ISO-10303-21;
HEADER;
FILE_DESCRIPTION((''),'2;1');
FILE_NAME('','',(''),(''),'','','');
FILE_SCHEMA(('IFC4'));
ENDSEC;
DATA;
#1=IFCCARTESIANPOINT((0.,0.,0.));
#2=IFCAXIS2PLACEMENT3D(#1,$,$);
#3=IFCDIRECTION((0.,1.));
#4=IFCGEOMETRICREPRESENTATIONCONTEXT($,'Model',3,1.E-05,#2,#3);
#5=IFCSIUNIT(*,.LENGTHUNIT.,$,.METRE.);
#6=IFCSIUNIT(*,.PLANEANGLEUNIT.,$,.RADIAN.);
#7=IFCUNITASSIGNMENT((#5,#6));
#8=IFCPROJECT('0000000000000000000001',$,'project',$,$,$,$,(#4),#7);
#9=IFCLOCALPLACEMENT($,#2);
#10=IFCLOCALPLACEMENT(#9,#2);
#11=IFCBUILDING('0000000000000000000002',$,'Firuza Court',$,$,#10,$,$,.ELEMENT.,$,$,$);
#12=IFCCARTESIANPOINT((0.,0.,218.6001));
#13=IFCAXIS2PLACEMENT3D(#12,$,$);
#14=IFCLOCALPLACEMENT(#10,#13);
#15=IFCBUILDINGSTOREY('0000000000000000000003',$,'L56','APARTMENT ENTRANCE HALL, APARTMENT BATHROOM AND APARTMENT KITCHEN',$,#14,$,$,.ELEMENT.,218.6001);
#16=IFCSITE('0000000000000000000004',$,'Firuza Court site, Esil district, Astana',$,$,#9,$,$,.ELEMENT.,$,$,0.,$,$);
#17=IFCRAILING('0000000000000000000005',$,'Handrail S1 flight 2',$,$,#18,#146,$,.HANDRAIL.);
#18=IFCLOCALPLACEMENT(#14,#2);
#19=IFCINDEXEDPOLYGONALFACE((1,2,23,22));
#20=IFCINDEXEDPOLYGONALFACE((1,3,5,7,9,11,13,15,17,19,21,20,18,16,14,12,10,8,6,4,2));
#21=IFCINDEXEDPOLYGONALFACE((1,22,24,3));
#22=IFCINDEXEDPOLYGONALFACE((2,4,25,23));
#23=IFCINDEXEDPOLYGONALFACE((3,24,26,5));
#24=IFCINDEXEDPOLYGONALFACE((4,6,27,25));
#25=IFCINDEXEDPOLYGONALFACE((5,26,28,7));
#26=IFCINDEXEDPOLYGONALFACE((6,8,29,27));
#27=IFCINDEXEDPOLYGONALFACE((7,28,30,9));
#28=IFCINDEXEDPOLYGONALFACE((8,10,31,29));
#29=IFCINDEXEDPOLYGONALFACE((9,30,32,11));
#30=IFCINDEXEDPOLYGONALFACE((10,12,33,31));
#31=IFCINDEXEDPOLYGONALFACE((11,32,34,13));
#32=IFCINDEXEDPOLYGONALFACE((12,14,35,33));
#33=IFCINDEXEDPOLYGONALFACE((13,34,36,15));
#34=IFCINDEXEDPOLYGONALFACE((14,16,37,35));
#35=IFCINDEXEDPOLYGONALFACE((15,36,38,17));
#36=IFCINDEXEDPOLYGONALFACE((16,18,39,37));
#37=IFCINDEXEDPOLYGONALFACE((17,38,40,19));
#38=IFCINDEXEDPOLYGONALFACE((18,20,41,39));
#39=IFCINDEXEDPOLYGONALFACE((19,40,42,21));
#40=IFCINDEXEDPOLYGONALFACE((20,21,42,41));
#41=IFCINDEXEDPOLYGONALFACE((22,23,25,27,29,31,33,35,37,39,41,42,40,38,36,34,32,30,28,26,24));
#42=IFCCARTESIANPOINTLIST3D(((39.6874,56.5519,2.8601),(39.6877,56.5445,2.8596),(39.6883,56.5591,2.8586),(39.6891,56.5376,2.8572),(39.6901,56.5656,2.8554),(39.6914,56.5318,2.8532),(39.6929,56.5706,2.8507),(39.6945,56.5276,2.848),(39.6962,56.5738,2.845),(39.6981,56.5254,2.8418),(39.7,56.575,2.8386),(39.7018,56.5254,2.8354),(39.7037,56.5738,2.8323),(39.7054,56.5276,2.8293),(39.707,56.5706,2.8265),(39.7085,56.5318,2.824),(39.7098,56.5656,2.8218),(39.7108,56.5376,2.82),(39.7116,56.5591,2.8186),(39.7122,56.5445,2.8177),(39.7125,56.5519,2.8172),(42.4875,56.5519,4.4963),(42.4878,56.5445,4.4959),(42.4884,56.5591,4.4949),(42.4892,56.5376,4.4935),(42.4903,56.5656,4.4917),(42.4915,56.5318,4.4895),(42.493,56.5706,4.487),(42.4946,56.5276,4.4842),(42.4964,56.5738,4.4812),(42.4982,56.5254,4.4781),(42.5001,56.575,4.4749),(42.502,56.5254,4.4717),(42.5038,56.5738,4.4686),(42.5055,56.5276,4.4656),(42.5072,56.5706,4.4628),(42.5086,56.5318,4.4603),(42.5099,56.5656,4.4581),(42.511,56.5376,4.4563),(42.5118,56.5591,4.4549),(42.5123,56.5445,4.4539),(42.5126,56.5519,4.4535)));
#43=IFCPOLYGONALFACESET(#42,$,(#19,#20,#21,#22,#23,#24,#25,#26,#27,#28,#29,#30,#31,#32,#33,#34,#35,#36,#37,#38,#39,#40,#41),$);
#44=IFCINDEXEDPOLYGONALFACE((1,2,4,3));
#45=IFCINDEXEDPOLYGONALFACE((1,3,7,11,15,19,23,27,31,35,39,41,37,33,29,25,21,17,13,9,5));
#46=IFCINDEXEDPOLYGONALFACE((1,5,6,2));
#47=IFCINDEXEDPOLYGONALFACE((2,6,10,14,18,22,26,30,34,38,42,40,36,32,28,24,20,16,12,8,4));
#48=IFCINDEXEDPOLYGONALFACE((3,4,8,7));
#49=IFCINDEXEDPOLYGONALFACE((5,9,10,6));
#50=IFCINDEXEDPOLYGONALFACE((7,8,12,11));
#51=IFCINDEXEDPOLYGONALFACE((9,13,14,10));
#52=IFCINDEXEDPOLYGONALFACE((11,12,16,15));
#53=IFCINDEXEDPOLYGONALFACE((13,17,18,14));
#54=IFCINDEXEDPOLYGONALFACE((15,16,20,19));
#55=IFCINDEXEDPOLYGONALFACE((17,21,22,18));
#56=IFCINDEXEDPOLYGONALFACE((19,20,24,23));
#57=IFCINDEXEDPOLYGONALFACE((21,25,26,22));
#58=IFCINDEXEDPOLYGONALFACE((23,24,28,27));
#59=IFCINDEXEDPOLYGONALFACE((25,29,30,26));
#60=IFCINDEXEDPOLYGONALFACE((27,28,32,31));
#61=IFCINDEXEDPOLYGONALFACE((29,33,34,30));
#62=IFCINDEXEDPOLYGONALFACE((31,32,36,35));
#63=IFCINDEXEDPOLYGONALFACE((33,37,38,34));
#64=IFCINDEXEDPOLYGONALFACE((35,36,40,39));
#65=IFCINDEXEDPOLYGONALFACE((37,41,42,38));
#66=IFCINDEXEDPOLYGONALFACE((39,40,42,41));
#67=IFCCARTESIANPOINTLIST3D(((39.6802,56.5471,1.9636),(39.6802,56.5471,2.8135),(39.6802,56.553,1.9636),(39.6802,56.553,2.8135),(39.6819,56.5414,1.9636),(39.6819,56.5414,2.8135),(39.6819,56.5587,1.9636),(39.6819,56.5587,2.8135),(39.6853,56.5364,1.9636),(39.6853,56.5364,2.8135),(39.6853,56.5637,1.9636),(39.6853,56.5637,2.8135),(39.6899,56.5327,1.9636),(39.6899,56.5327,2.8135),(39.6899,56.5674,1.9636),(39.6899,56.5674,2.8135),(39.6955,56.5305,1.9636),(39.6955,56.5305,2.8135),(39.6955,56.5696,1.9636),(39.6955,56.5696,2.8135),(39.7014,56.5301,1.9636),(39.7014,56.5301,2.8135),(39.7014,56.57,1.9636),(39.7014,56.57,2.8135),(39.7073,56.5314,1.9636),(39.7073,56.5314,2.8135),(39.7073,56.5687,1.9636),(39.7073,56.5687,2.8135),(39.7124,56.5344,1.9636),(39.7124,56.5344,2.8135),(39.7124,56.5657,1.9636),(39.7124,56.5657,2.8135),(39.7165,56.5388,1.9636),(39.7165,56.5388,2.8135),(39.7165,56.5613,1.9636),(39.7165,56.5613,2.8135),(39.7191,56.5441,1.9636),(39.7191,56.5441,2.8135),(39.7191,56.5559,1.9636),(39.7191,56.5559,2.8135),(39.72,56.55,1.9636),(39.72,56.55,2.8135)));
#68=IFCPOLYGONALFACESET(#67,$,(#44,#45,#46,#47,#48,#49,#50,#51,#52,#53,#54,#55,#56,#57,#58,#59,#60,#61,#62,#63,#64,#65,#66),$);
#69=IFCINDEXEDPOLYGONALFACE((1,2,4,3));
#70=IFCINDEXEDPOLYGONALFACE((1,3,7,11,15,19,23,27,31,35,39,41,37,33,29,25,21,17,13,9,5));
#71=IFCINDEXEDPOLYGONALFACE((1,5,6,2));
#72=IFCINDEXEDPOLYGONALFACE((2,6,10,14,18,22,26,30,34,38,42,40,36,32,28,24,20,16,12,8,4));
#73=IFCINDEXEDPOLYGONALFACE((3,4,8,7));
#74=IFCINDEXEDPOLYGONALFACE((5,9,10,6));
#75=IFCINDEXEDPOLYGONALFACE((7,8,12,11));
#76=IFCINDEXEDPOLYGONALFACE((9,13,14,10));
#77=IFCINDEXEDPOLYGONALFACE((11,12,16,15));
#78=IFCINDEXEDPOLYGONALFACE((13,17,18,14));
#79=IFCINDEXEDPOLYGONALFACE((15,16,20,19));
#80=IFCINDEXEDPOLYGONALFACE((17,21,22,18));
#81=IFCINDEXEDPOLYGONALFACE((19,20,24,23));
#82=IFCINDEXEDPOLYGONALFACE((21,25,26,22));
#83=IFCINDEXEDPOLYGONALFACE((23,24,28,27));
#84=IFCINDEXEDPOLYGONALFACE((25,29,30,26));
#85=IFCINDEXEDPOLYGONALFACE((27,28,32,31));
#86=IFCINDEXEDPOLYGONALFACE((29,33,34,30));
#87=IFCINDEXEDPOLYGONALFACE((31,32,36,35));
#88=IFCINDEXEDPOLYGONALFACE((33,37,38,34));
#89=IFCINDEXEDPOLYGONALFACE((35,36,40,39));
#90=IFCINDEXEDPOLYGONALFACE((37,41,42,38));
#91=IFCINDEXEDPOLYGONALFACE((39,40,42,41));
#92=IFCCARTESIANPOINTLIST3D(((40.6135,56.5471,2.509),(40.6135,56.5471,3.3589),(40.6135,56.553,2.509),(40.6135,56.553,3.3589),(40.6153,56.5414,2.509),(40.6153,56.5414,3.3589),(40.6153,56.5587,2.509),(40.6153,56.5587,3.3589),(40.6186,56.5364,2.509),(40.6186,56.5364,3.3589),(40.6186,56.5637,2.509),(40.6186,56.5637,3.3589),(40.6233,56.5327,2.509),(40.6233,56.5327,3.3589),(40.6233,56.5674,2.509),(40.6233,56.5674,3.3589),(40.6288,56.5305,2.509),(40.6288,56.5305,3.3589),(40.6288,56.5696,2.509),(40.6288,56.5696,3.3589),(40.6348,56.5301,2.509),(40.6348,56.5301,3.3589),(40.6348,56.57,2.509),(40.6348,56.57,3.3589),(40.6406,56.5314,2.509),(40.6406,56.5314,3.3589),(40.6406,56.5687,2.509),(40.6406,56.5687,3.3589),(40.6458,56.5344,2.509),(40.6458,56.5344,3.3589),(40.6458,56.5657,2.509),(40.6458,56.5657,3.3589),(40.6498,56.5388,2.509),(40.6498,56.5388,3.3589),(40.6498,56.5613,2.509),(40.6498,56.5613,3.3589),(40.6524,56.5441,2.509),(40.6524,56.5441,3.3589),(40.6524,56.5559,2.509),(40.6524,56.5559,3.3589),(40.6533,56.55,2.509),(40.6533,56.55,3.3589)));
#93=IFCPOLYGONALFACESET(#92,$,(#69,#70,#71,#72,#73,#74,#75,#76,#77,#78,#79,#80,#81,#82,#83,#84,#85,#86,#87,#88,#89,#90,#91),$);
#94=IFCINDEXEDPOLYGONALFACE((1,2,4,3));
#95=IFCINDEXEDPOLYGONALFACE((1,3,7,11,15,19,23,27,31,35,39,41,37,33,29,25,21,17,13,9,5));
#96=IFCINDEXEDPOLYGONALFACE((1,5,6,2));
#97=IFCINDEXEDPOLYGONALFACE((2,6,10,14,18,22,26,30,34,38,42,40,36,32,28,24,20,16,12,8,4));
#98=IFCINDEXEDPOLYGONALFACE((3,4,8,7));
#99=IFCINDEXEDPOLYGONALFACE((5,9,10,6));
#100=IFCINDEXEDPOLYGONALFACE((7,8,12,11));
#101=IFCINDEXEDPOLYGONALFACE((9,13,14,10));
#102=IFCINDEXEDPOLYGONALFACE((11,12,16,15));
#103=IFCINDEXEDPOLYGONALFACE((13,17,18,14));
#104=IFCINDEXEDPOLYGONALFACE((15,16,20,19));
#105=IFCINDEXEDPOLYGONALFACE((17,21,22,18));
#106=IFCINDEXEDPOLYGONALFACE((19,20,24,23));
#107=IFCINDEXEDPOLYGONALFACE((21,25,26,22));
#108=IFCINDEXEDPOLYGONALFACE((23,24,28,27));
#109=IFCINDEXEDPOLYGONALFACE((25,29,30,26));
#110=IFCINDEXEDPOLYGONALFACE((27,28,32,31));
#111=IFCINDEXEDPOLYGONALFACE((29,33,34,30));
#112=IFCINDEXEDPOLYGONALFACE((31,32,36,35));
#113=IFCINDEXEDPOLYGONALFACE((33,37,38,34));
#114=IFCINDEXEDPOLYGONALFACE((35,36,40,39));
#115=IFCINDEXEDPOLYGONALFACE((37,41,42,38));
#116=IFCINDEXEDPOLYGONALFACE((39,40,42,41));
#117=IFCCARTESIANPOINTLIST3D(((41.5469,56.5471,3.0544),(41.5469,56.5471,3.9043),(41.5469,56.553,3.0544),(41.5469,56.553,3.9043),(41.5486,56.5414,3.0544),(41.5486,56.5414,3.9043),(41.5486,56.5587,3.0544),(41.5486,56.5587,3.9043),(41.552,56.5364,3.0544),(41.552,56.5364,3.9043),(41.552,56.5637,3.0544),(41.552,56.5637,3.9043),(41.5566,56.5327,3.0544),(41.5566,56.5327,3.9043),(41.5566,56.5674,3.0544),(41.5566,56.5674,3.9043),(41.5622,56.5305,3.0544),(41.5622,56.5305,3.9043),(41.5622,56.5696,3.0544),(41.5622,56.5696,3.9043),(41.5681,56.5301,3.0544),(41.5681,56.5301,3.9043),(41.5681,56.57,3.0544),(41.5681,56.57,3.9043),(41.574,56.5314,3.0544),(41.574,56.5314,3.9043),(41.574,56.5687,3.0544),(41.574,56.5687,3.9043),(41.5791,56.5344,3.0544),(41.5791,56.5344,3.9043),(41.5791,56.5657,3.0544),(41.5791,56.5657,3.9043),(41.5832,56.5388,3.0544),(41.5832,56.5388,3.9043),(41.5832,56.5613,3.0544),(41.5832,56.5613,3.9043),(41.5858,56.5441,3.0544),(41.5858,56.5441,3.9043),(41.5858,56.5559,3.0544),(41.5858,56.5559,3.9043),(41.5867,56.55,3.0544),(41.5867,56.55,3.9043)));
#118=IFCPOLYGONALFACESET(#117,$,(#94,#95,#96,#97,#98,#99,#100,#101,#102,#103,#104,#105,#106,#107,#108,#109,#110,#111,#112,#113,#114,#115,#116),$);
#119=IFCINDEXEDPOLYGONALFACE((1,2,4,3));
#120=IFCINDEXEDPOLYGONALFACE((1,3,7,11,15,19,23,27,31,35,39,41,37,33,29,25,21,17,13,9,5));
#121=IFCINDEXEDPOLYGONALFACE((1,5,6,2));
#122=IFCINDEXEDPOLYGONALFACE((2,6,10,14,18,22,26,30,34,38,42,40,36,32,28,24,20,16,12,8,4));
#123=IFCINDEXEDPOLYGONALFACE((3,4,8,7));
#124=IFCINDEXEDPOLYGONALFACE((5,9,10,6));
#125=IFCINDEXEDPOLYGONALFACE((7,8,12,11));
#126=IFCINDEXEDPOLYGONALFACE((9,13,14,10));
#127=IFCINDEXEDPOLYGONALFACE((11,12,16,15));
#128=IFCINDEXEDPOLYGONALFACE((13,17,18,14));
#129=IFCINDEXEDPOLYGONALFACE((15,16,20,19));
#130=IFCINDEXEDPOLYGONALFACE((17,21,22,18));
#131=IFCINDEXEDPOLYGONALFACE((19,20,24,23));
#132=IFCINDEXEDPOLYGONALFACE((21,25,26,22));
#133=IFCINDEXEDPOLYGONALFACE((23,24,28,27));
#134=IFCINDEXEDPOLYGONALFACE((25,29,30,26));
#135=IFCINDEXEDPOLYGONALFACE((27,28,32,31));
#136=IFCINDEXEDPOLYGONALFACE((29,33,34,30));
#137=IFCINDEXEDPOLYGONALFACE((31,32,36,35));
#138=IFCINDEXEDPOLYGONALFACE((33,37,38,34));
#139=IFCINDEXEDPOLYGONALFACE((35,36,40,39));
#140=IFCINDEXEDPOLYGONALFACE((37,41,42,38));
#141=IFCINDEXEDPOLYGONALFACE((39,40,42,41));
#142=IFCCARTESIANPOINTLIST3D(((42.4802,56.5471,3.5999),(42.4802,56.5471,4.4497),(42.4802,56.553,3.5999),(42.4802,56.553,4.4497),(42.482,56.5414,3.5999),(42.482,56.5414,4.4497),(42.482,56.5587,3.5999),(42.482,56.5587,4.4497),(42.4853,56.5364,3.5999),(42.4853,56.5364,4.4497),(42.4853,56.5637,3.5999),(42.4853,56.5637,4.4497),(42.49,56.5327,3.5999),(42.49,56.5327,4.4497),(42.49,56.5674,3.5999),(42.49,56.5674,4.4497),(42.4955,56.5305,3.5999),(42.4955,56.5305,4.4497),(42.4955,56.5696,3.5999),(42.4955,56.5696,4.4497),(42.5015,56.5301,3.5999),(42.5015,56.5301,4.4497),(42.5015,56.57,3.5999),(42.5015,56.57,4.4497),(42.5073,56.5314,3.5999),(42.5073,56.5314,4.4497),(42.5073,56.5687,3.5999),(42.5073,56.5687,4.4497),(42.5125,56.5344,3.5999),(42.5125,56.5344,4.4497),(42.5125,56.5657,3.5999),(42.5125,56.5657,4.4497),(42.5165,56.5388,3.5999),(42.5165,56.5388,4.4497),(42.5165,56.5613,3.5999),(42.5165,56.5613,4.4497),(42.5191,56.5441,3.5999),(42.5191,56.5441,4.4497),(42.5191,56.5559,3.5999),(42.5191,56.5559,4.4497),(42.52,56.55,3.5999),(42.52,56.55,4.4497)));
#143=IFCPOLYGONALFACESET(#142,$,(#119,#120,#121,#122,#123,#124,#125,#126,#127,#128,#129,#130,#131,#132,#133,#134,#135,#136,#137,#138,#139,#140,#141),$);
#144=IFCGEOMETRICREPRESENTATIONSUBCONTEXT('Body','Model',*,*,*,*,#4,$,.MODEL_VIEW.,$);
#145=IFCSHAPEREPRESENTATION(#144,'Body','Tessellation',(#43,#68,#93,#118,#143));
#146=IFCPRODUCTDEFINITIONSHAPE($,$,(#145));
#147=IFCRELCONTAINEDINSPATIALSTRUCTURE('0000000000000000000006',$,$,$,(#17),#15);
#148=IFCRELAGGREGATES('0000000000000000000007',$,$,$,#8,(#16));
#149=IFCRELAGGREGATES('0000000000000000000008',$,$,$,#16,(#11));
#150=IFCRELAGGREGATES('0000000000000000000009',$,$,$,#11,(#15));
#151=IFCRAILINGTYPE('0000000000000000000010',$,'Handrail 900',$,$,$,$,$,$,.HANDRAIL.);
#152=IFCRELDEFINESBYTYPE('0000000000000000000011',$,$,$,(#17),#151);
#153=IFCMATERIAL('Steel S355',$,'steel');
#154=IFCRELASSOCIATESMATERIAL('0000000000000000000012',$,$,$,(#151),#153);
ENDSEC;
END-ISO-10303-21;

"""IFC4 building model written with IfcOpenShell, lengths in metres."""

from ifc_helpers import new_model, si_unit, direction, frame, origin, origin_2d, place, context, subcontext, project, spatial, circle, extrude, material, type_object, element, save


model = new_model("IFC4")

# Units and contexts
model_context = context("Model", 3, precision=1e-05, world=origin(), true_north=direction((0.0, 1.0)))
body_context = subcontext(model_context, "Body", "Model", "MODEL_VIEW")
ifc_project = project(units=[si_unit("LENGTHUNIT", "METRE"), si_unit("PLANEANGLEUNIT", "RADIAN")], contexts=[model_context])

# Site, building, storey
site_placement = place(None, origin())
site = spatial("IfcSite", under=ifc_project, at=site_placement, Name="Firuza Court site, Esil district, Astana", CompositionType="ELEMENT", RefElevation=0.0)
building_placement = place(site_placement, origin())
building = spatial("IfcBuilding", under=site, at=building_placement, Name="Firuza Court", CompositionType="ELEMENT")
storey_placement = place(building_placement, frame((0.0, 0.0, 218.6001)))
storey = spatial("IfcBuildingStorey", under=building, at=storey_placement, Name="L56", Description="APARTMENT ENTRANCE HALL, APARTMENT BATHROOM AND APARTMENT KITCHEN", CompositionType="ELEMENT", Elevation=218.6001)

# Railing
ifc_material_1 = material(Name="Steel S355", Category="steel")
railing_type = type_object("IfcRailingType", Name="Handrail 900", PredefinedType="HANDRAIL", material=ifc_material_1)
railing_placement = place(storey_placement, frame((39.7, 56.55, 1.9636)))
element("IfcRailing", 1, at=railing_placement, inside=storey, type_object=railing_type, Name="Handrail S1 flight 2", PredefinedType="HANDRAIL", context=body_context, shape_type="SweptSolid", body=[
    extrude(circle(Radius=0.0249, at=origin_2d()), frame((0.0, 0.0, 0.875), z_axis=(0.863394, 0.0, 0.504531), x_axis=(0.0, 1.0, 0.0)), (0.0, 0.0, 1.0), 3.2432),
    extrude(circle(Radius=0.02, at=origin_2d()), origin(), (0.0, 0.0, 1.0), 0.8499),
    extrude(circle(Radius=0.02, at=origin_2d()), frame((0.9333, 0.0, 0.5454)), (0.0, 0.0, 1.0), 0.8499),
    extrude(circle(Radius=0.02, at=origin_2d()), frame((1.8667, 0.0, 1.0908)), (0.0, 0.0, 1.0), 0.8499),
    extrude(circle(Radius=0.02, at=origin_2d()), frame((2.8, 0.0, 1.6362)), (0.0, 0.0, 1.0), 0.8499),
])

save(model, "model.ifc")
